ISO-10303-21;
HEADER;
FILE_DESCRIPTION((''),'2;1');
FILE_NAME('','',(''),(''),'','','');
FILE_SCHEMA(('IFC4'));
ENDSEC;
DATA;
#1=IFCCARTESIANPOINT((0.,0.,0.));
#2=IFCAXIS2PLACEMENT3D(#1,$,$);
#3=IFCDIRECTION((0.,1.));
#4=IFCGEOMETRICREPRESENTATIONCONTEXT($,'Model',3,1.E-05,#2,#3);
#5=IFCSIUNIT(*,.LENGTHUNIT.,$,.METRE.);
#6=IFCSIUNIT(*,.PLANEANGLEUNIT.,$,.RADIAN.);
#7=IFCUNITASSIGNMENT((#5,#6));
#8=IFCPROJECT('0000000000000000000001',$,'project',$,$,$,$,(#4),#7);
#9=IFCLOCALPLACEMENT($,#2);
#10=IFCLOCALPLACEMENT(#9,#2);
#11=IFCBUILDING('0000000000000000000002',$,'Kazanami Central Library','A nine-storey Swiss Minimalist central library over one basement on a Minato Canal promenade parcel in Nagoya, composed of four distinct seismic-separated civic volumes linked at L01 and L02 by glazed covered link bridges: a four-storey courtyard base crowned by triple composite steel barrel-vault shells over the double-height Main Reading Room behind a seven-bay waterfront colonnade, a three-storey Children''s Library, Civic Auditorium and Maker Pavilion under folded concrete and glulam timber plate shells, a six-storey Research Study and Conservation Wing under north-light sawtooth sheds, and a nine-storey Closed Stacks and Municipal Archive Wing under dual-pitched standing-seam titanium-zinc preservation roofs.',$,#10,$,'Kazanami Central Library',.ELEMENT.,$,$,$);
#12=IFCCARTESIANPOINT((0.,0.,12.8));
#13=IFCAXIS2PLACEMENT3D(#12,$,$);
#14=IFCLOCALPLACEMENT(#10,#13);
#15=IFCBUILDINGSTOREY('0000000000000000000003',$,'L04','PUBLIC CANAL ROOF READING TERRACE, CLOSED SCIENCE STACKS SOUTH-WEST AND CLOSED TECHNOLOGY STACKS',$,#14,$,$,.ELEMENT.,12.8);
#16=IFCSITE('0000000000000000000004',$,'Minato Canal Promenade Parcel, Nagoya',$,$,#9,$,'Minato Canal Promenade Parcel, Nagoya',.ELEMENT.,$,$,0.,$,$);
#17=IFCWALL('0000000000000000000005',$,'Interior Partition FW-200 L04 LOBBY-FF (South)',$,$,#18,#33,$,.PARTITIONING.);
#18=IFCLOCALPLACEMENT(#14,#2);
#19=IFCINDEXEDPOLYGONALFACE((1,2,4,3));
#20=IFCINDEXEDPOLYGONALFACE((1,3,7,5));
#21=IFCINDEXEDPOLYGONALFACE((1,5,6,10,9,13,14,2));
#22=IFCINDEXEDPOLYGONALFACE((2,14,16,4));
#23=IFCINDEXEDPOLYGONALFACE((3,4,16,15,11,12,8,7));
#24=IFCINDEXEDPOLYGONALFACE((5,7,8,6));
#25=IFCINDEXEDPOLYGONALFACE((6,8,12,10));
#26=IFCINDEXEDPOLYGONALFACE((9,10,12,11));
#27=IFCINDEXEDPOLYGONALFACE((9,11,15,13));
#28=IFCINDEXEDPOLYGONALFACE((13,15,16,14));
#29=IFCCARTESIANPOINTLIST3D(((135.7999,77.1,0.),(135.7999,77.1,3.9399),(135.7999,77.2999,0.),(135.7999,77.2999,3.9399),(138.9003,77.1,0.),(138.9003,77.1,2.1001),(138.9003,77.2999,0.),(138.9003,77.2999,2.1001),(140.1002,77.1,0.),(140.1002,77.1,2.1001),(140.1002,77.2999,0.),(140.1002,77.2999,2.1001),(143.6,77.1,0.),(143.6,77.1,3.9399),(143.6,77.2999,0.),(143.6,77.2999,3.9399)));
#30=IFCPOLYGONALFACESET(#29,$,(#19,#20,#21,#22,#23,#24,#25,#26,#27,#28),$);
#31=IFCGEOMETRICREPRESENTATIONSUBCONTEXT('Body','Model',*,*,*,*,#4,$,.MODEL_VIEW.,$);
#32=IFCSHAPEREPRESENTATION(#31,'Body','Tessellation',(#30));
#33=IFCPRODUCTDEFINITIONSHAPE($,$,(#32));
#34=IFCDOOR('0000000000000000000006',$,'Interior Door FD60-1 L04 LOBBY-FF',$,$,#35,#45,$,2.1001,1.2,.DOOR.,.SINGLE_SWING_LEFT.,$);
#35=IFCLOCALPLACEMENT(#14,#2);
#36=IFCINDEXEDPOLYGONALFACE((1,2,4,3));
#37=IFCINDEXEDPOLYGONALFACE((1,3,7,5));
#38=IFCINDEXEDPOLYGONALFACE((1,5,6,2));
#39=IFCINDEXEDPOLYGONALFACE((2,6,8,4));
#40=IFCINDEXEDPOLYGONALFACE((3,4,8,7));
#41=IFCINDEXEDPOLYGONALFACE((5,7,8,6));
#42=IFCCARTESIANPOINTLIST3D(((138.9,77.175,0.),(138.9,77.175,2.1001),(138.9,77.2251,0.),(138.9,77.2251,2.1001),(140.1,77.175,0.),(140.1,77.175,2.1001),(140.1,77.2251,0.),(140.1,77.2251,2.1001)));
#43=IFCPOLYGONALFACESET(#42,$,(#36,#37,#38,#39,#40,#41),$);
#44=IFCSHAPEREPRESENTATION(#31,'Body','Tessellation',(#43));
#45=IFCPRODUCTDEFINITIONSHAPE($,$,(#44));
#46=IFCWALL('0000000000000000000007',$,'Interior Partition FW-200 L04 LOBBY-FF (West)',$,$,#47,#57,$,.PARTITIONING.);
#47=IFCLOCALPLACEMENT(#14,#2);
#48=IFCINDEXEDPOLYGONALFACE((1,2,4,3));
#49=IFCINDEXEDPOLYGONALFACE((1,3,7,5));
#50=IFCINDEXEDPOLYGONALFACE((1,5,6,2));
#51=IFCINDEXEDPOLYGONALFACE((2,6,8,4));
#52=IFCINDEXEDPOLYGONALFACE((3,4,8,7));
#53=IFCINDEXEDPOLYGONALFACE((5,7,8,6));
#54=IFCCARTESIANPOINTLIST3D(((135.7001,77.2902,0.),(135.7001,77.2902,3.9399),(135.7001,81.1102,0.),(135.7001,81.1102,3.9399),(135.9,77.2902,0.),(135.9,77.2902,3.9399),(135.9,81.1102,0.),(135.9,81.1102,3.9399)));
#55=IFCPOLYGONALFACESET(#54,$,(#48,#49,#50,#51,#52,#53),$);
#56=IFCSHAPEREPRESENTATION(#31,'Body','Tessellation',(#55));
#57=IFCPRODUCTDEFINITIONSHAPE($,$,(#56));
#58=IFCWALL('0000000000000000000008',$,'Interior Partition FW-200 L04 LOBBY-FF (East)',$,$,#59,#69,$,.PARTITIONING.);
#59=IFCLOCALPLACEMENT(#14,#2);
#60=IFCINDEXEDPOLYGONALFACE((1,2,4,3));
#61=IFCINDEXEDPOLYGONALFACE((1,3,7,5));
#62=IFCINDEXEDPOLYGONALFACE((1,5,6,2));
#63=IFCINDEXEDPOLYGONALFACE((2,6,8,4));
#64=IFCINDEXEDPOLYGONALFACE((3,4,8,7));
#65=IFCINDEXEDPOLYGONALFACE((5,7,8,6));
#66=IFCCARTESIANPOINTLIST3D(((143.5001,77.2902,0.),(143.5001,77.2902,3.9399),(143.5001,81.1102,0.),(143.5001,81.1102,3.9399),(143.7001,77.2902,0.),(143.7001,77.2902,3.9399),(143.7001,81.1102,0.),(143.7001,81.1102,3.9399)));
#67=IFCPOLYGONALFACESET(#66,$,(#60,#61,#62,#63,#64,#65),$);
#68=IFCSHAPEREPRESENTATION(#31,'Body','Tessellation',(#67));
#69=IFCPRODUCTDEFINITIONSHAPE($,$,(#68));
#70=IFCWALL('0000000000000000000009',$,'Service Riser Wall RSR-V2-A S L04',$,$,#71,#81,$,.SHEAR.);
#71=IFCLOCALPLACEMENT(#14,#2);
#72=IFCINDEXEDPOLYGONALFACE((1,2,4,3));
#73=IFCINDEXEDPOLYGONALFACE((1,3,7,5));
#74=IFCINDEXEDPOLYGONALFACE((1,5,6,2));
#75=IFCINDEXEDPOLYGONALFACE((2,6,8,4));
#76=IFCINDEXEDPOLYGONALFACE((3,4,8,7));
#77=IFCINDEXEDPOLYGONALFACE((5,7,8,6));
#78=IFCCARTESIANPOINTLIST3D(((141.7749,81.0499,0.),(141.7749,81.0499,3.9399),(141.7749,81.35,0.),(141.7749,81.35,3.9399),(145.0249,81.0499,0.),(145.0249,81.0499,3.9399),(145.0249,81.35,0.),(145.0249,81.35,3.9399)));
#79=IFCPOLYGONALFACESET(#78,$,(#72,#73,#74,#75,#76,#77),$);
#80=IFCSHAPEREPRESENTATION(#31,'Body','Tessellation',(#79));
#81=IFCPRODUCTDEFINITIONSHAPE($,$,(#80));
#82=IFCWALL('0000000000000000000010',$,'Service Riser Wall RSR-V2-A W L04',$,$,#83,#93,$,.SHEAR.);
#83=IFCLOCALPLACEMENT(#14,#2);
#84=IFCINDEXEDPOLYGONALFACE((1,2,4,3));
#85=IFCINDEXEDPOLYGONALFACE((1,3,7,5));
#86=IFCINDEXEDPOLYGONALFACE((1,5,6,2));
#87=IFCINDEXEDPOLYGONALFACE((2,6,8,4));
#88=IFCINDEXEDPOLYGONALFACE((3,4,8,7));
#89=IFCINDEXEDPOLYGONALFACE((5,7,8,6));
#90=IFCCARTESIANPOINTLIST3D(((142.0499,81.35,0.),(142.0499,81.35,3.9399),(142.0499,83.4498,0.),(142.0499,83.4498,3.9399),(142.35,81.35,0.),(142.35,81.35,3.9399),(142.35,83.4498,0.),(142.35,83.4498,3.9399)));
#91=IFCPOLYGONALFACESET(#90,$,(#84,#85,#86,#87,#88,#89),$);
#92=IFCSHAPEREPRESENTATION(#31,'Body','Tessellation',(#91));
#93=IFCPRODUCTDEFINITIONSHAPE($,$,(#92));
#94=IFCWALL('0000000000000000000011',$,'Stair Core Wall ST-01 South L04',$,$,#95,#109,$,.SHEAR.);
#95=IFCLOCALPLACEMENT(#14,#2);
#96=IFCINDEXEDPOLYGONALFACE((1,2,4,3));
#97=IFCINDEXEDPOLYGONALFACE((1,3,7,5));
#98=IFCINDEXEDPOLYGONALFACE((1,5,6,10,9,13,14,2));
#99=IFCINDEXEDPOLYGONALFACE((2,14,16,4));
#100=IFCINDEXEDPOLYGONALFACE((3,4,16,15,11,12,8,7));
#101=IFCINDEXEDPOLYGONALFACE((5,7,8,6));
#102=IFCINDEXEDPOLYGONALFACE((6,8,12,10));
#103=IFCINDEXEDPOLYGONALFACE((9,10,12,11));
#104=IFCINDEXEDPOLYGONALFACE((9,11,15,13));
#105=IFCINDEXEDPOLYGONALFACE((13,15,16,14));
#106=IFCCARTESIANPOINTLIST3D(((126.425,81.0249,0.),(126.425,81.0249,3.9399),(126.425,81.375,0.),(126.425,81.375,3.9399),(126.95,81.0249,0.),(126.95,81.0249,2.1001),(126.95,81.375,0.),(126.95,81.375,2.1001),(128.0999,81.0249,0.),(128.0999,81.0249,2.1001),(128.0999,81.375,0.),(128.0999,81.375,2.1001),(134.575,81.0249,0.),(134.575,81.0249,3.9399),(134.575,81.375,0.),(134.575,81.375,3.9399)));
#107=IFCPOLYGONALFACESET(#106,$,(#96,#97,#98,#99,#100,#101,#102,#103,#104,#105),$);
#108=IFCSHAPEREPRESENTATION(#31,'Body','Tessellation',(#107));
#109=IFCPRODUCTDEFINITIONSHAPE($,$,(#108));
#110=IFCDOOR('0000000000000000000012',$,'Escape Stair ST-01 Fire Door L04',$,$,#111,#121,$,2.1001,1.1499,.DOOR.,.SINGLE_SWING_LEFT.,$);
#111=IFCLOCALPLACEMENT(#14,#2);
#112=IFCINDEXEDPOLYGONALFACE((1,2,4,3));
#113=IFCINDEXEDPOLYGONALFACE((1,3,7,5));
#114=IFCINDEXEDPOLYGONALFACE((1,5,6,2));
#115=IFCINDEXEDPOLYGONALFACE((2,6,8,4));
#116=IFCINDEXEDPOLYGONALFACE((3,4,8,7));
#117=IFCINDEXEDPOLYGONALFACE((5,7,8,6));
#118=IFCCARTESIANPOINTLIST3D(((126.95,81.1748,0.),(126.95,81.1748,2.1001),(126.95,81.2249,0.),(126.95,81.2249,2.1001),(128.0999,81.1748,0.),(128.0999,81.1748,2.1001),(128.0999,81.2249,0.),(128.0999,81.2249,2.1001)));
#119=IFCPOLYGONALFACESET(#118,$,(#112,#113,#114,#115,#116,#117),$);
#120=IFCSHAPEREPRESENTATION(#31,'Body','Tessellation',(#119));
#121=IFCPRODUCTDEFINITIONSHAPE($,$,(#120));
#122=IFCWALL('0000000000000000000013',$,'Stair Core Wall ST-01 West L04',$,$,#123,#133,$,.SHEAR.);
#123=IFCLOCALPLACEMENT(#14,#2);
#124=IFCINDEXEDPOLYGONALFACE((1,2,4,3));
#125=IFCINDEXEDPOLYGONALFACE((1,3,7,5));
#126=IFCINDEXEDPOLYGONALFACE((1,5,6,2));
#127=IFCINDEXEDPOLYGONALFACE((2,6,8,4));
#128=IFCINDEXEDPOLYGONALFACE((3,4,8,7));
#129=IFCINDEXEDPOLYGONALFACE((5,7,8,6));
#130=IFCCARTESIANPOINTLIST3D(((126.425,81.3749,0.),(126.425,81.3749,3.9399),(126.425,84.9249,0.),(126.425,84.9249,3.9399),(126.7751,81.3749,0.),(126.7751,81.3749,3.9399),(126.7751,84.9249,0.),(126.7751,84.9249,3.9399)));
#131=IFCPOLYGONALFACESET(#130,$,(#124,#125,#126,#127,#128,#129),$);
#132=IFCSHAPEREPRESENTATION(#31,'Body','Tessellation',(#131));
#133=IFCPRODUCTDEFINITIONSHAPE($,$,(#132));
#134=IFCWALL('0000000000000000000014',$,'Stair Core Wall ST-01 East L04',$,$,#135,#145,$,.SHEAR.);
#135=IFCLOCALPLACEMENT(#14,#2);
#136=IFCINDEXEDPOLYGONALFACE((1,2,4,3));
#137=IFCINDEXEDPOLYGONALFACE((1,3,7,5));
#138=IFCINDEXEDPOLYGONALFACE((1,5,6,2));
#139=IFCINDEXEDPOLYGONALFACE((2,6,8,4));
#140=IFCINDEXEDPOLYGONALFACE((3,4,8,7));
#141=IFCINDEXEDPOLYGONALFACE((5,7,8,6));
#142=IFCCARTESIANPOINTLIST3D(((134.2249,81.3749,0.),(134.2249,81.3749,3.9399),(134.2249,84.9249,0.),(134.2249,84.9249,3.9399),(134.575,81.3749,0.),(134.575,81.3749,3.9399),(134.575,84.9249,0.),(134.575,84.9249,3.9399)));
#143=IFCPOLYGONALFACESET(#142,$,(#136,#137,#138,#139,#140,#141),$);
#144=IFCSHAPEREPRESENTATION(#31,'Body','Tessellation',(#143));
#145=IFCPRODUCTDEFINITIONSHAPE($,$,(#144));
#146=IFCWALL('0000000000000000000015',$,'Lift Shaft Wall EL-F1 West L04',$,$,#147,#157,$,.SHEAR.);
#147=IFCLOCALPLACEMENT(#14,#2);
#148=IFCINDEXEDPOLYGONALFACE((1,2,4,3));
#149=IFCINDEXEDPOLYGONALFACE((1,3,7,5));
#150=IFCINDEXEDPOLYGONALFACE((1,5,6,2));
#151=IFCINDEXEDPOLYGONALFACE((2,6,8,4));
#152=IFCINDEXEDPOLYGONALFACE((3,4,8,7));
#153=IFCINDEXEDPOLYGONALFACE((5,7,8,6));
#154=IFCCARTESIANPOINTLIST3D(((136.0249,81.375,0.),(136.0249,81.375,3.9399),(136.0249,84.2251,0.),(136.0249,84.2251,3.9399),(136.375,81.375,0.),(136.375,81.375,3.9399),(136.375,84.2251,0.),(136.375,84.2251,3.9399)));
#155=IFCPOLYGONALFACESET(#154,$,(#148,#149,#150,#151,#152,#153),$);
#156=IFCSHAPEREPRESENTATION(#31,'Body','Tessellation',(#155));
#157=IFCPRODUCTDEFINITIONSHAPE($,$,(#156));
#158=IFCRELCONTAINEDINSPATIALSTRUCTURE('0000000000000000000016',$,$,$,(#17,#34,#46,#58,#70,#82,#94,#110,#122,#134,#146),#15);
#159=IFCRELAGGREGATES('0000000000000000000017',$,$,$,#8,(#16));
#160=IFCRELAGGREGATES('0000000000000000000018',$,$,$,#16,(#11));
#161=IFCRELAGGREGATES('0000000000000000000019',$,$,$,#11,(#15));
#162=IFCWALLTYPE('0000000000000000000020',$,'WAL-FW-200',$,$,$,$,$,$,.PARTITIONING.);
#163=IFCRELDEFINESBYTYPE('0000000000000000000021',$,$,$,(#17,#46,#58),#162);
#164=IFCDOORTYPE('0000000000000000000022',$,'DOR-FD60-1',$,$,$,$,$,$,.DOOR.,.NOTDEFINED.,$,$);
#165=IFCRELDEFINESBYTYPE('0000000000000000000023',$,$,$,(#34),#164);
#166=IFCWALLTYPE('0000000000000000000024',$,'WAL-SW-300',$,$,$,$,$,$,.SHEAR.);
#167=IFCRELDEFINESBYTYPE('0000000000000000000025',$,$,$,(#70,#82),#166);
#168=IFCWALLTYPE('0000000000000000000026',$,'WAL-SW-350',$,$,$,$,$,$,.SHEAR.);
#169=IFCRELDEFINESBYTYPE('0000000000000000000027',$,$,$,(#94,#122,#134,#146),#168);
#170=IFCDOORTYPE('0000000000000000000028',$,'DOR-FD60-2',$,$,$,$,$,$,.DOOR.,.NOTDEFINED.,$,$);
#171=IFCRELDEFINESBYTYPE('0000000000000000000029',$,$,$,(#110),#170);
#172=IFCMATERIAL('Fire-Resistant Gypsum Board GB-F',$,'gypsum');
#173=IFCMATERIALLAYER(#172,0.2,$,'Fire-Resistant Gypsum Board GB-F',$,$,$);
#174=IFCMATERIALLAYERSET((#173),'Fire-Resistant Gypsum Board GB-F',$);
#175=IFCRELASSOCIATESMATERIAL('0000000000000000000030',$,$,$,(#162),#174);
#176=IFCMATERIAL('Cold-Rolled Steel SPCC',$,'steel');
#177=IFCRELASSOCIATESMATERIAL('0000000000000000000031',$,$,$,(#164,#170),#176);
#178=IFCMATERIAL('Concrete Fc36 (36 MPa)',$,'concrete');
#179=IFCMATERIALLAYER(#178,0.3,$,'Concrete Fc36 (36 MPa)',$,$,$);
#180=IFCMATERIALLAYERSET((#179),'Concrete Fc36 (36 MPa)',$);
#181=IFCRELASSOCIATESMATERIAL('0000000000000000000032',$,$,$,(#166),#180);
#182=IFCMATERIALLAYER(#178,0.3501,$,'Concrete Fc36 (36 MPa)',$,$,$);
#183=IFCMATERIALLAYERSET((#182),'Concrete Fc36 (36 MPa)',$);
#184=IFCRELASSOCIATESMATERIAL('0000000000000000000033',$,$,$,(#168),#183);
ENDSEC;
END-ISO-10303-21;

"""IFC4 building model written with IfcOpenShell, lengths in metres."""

from ifc_helpers import new_model, si_unit, direction, frame, frame_2d, origin, place, context, subcontext, project, spatial, rectangle, extrude, material, layer, layer_set, type_object, element, fill, save


model = new_model("IFC4")

# Units and contexts
model_context = context("Model", 3, precision=1e-05, world=origin(), true_north=direction((0.0, 1.0)))
body_context = subcontext(model_context, "Body", "Model", "MODEL_VIEW")
ifc_project = project(units=[si_unit("LENGTHUNIT", "METRE"), si_unit("PLANEANGLEUNIT", "RADIAN")], contexts=[model_context])

# Site, building, storey
site_placement = place(None, origin())
site = spatial("IfcSite", under=ifc_project, at=site_placement, Name="Minato Canal Promenade Parcel, Nagoya", LongName="Minato Canal Promenade Parcel, Nagoya", CompositionType="ELEMENT", RefElevation=0.0)
building_placement = place(site_placement, origin())
building = spatial("IfcBuilding", under=site, at=building_placement, Name="Kazanami Central Library", Description="A nine-storey Swiss Minimalist central library over one basement on a Minato Canal promenade parcel in Nagoya, composed of four distinct seismic-separated civic volumes linked at L01 and L02 by glazed covered link bridges: a four-storey courtyard base crowned by triple composite steel barrel-vault shells over the double-height Main Reading Room behind a seven-bay waterfront colonnade, a three-storey Children's Library, Civic Auditorium and Maker Pavilion under folded concrete and glulam timber plate shells, a six-storey Research Study and Conservation Wing under north-light sawtooth sheds, and a nine-storey Closed Stacks and Municipal Archive Wing under dual-pitched standing-seam titanium-zinc preservation roofs.", LongName="Kazanami Central Library", CompositionType="ELEMENT")
storey_placement = place(building_placement, frame((0.0, 0.0, 12.8)))
storey = spatial("IfcBuildingStorey", under=building, at=storey_placement, Name="L04", Description="PUBLIC CANAL ROOF READING TERRACE, CLOSED SCIENCE STACKS SOUTH-WEST AND CLOSED TECHNOLOGY STACKS", CompositionType="ELEMENT", Elevation=12.8)

# Shared definitions
ifc_material_1 = material(Name="Fire-Resistant Gypsum Board GB-F", Category="gypsum")
ifc_layer_1 = layer(ifc_material_1, 0.2, Name="Fire-Resistant Gypsum Board GB-F")
ifc_layer_set_1 = layer_set([ifc_layer_1], Name="Fire-Resistant Gypsum Board GB-F")
wall_type_1 = type_object("IfcWallType", Name="WAL-FW-200", PredefinedType="PARTITIONING", material=ifc_layer_set_1)
ifc_material_2 = material(Name="Cold-Rolled Steel SPCC", Category="steel")

# Wall, opening, door
wall_1_placement = place(storey_placement, frame((135.8, 77.2, 0.0), z_axis=(0.0, 0.0, 1.0), x_axis=(1.0, 0.0, 0.0)))
wall_1 = element("IfcWall", 1, at=wall_1_placement, inside=storey, type_object=wall_type_1, Name="Interior Partition FW-200 L04 LOBBY-FF (South)", PredefinedType="PARTITIONING", context=body_context, shape_type="SweptSolid", body=[
    extrude(rectangle(XDim=7.8, YDim=0.2, at=frame_2d((3.8999, 0.0))), origin(), (0.0, 0.0, 1.0), 3.9399),
])
opening_1_placement = place(wall_1_placement, frame((3.1001, 0.0, 0.0)))
opening_1 = element("IfcOpeningElement", 2, at=opening_1_placement, cuts=wall_1, PredefinedType="OPENING", context=body_context, shape_type="SweptSolid", body=[
    extrude(rectangle(XDim=1.2, YDim=2.1001, at=frame_2d((0.6001, 1.05))), frame((0.0, 0.1118, 0.0), z_axis=(0.0, -1.0, 0.0), x_axis=(1.0, 0.0, 0.0)), (0.0, 0.0, 1.0), 0.2239),
])
door_type_1 = type_object("IfcDoorType", Name="DOR-FD60-1", OperationType="NOTDEFINED", PredefinedType="DOOR", material=ifc_material_2)
door_1_placement = place(opening_1_placement, frame((1.2, 0.0, 0.0), z_axis=(0.0, 0.0, 1.0), x_axis=(-1.0, 0.0, 0.0)))
door_1 = element("IfcDoor", 3, at=door_1_placement, inside=storey, type_object=door_type_1, Name="Interior Door FD60-1 L04 LOBBY-FF", OperationType="SINGLE_SWING_LEFT", OverallHeight=2.1001, OverallWidth=1.2, PredefinedType="DOOR", context=body_context, shape_type="SweptSolid", body=[
    extrude(rectangle(XDim=1.2, YDim=2.1001, at=frame_2d((0.6001, 1.05))), frame((0.0, 0.0249, 0.0), z_axis=(0.0, -1.0, 0.0), x_axis=(1.0, 0.0, 0.0)), (0.0, 0.0, 1.0), 0.05),
])
fill(opening_1, door_1)

# Walls
for number, where, z_axis, x_axis, name in (
    (4, (135.8, 77.29, 0.0), (0.0, 0.0, 1.0), (0.0, 1.0, 0.0), "Interior Partition FW-200 L04 LOBBY-FF (West)"),
    (5, (143.6001, 77.29, 0.0), (0.0, 0.0, 1.0), (0.0, 1.0, 0.0), "Interior Partition FW-200 L04 LOBBY-FF (East)"),
):
    element("IfcWall", number, at=place(storey_placement, frame(where, z_axis=z_axis, x_axis=x_axis)), inside=storey, type_object=wall_type_1, Name=name, PredefinedType="PARTITIONING", context=body_context, shape_type="SweptSolid", body=[
        extrude(rectangle(XDim=3.8201, YDim=0.2, at=frame_2d((1.9102, 0.0))), origin(), (0.0, 0.0, 1.0), 3.9399),
    ])
ifc_material_3 = material(Name="Concrete Fc36 (36 MPa)", Category="concrete")
ifc_layer_2 = layer(ifc_material_3, 0.3, Name="Concrete Fc36 (36 MPa)")
ifc_layer_set_2 = layer_set([ifc_layer_2], Name="Concrete Fc36 (36 MPa)")
wall_type_2 = type_object("IfcWallType", Name="WAL-SW-300", PredefinedType="SHEAR", material=ifc_layer_set_2)
wall_2_placement = place(storey_placement, frame((141.7749, 81.2, 0.0), z_axis=(0.0, 0.0, 1.0), x_axis=(1.0, 0.0, 0.0)))
element("IfcWall", 6, at=wall_2_placement, inside=storey, type_object=wall_type_2, Name="Service Riser Wall RSR-V2-A S L04", PredefinedType="SHEAR", context=body_context, shape_type="SweptSolid", body=[
    extrude(rectangle(XDim=3.25, YDim=0.3, at=frame_2d((1.625, 0.0))), origin(), (0.0, 0.0, 1.0), 3.9399),
])
wall_3_placement = place(storey_placement, frame((142.2, 81.3501, 0.0), z_axis=(0.0, 0.0, 1.0), x_axis=(0.0, 1.0, 0.0)))
element("IfcWall", 7, at=wall_3_placement, inside=storey, type_object=wall_type_2, Name="Service Riser Wall RSR-V2-A W L04", PredefinedType="SHEAR", context=body_context, shape_type="SweptSolid", body=[
    extrude(rectangle(XDim=2.0999, YDim=0.3, at=frame_2d((1.0498, 0.0))), origin(), (0.0, 0.0, 1.0), 3.9399),
])

# Wall, opening, door
ifc_layer_3 = layer(ifc_material_3, 0.3501, Name="Concrete Fc36 (36 MPa)")
ifc_layer_set_3 = layer_set([ifc_layer_3], Name="Concrete Fc36 (36 MPa)")
wall_type_3 = type_object("IfcWallType", Name="WAL-SW-350", PredefinedType="SHEAR", material=ifc_layer_set_3)
wall_4_placement = place(storey_placement, frame((126.425, 81.2, 0.0), z_axis=(0.0, 0.0, 1.0), x_axis=(1.0, 0.0, 0.0)))
wall_4 = element("IfcWall", 8, at=wall_4_placement, inside=storey, type_object=wall_type_3, Name="Stair Core Wall ST-01 South L04", PredefinedType="SHEAR", context=body_context, shape_type="SweptSolid", body=[
    extrude(rectangle(XDim=8.1499, YDim=0.3501, at=frame_2d((4.075, 0.0))), origin(), (0.0, 0.0, 1.0), 3.9399),
])
opening_2_placement = place(wall_4_placement, frame((0.5249, 0.0, 0.0)))
opening_2 = element("IfcOpeningElement", 9, at=opening_2_placement, cuts=wall_4, PredefinedType="OPENING", context=body_context, shape_type="SweptSolid", body=[
    extrude(rectangle(XDim=1.1499, YDim=2.1001, at=frame_2d((0.575, 1.05))), frame((0.0, 0.187, 0.0), z_axis=(0.0, -1.0, 0.0), x_axis=(1.0, 0.0, 0.0)), (0.0, 0.0, 1.0), 0.374),
])
door_type_2 = type_object("IfcDoorType", Name="DOR-FD60-2", OperationType="NOTDEFINED", PredefinedType="DOOR", material=ifc_material_2)
door_2_placement = place(opening_2_placement, origin())
door_2 = element("IfcDoor", 10, at=door_2_placement, inside=storey, type_object=door_type_2, Name="Escape Stair ST-01 Fire Door L04", OperationType="SINGLE_SWING_LEFT", OverallHeight=2.1001, OverallWidth=1.1499, PredefinedType="DOOR", context=body_context, shape_type="SweptSolid", body=[
    extrude(rectangle(XDim=1.1499, YDim=2.1001, at=frame_2d((0.575, 1.05))), frame((0.0, 0.0249, 0.0), z_axis=(0.0, -1.0, 0.0), x_axis=(1.0, 0.0, 0.0)), (0.0, 0.0, 1.0), 0.05),
])
fill(opening_2, door_2)

# Walls
for number, where, z_axis, x_axis, name in (
    (11, (126.6001, 81.375, 0.0), (0.0, 0.0, 1.0), (0.0, 1.0, 0.0), "Stair Core Wall ST-01 West L04"),
    (12, (134.3999, 81.375, 0.0), (0.0, 0.0, 1.0), (0.0, 1.0, 0.0), "Stair Core Wall ST-01 East L04"),
):
    element("IfcWall", number, at=place(storey_placement, frame(where, z_axis=z_axis, x_axis=x_axis)), inside=storey, type_object=wall_type_3, Name=name, PredefinedType="SHEAR", context=body_context, shape_type="SweptSolid", body=[
        extrude(rectangle(XDim=3.55, YDim=0.3501, at=frame_2d((1.7749, 0.0))), origin(), (0.0, 0.0, 1.0), 3.9399),
    ])

# Wall
wall_5_placement = place(storey_placement, frame((136.2, 81.375, 0.0), z_axis=(0.0, 0.0, 1.0), x_axis=(0.0, 1.0, 0.0)))
element("IfcWall", 13, at=wall_5_placement, inside=storey, type_object=wall_type_3, Name="Lift Shaft Wall EL-F1 West L04", PredefinedType="SHEAR", context=body_context, shape_type="SweptSolid", body=[
    extrude(rectangle(XDim=2.8501, YDim=0.3501, at=frame_2d((1.425, 0.0))), origin(), (0.0, 0.0, 1.0), 3.9399),
])

save(model, "model.ifc")
